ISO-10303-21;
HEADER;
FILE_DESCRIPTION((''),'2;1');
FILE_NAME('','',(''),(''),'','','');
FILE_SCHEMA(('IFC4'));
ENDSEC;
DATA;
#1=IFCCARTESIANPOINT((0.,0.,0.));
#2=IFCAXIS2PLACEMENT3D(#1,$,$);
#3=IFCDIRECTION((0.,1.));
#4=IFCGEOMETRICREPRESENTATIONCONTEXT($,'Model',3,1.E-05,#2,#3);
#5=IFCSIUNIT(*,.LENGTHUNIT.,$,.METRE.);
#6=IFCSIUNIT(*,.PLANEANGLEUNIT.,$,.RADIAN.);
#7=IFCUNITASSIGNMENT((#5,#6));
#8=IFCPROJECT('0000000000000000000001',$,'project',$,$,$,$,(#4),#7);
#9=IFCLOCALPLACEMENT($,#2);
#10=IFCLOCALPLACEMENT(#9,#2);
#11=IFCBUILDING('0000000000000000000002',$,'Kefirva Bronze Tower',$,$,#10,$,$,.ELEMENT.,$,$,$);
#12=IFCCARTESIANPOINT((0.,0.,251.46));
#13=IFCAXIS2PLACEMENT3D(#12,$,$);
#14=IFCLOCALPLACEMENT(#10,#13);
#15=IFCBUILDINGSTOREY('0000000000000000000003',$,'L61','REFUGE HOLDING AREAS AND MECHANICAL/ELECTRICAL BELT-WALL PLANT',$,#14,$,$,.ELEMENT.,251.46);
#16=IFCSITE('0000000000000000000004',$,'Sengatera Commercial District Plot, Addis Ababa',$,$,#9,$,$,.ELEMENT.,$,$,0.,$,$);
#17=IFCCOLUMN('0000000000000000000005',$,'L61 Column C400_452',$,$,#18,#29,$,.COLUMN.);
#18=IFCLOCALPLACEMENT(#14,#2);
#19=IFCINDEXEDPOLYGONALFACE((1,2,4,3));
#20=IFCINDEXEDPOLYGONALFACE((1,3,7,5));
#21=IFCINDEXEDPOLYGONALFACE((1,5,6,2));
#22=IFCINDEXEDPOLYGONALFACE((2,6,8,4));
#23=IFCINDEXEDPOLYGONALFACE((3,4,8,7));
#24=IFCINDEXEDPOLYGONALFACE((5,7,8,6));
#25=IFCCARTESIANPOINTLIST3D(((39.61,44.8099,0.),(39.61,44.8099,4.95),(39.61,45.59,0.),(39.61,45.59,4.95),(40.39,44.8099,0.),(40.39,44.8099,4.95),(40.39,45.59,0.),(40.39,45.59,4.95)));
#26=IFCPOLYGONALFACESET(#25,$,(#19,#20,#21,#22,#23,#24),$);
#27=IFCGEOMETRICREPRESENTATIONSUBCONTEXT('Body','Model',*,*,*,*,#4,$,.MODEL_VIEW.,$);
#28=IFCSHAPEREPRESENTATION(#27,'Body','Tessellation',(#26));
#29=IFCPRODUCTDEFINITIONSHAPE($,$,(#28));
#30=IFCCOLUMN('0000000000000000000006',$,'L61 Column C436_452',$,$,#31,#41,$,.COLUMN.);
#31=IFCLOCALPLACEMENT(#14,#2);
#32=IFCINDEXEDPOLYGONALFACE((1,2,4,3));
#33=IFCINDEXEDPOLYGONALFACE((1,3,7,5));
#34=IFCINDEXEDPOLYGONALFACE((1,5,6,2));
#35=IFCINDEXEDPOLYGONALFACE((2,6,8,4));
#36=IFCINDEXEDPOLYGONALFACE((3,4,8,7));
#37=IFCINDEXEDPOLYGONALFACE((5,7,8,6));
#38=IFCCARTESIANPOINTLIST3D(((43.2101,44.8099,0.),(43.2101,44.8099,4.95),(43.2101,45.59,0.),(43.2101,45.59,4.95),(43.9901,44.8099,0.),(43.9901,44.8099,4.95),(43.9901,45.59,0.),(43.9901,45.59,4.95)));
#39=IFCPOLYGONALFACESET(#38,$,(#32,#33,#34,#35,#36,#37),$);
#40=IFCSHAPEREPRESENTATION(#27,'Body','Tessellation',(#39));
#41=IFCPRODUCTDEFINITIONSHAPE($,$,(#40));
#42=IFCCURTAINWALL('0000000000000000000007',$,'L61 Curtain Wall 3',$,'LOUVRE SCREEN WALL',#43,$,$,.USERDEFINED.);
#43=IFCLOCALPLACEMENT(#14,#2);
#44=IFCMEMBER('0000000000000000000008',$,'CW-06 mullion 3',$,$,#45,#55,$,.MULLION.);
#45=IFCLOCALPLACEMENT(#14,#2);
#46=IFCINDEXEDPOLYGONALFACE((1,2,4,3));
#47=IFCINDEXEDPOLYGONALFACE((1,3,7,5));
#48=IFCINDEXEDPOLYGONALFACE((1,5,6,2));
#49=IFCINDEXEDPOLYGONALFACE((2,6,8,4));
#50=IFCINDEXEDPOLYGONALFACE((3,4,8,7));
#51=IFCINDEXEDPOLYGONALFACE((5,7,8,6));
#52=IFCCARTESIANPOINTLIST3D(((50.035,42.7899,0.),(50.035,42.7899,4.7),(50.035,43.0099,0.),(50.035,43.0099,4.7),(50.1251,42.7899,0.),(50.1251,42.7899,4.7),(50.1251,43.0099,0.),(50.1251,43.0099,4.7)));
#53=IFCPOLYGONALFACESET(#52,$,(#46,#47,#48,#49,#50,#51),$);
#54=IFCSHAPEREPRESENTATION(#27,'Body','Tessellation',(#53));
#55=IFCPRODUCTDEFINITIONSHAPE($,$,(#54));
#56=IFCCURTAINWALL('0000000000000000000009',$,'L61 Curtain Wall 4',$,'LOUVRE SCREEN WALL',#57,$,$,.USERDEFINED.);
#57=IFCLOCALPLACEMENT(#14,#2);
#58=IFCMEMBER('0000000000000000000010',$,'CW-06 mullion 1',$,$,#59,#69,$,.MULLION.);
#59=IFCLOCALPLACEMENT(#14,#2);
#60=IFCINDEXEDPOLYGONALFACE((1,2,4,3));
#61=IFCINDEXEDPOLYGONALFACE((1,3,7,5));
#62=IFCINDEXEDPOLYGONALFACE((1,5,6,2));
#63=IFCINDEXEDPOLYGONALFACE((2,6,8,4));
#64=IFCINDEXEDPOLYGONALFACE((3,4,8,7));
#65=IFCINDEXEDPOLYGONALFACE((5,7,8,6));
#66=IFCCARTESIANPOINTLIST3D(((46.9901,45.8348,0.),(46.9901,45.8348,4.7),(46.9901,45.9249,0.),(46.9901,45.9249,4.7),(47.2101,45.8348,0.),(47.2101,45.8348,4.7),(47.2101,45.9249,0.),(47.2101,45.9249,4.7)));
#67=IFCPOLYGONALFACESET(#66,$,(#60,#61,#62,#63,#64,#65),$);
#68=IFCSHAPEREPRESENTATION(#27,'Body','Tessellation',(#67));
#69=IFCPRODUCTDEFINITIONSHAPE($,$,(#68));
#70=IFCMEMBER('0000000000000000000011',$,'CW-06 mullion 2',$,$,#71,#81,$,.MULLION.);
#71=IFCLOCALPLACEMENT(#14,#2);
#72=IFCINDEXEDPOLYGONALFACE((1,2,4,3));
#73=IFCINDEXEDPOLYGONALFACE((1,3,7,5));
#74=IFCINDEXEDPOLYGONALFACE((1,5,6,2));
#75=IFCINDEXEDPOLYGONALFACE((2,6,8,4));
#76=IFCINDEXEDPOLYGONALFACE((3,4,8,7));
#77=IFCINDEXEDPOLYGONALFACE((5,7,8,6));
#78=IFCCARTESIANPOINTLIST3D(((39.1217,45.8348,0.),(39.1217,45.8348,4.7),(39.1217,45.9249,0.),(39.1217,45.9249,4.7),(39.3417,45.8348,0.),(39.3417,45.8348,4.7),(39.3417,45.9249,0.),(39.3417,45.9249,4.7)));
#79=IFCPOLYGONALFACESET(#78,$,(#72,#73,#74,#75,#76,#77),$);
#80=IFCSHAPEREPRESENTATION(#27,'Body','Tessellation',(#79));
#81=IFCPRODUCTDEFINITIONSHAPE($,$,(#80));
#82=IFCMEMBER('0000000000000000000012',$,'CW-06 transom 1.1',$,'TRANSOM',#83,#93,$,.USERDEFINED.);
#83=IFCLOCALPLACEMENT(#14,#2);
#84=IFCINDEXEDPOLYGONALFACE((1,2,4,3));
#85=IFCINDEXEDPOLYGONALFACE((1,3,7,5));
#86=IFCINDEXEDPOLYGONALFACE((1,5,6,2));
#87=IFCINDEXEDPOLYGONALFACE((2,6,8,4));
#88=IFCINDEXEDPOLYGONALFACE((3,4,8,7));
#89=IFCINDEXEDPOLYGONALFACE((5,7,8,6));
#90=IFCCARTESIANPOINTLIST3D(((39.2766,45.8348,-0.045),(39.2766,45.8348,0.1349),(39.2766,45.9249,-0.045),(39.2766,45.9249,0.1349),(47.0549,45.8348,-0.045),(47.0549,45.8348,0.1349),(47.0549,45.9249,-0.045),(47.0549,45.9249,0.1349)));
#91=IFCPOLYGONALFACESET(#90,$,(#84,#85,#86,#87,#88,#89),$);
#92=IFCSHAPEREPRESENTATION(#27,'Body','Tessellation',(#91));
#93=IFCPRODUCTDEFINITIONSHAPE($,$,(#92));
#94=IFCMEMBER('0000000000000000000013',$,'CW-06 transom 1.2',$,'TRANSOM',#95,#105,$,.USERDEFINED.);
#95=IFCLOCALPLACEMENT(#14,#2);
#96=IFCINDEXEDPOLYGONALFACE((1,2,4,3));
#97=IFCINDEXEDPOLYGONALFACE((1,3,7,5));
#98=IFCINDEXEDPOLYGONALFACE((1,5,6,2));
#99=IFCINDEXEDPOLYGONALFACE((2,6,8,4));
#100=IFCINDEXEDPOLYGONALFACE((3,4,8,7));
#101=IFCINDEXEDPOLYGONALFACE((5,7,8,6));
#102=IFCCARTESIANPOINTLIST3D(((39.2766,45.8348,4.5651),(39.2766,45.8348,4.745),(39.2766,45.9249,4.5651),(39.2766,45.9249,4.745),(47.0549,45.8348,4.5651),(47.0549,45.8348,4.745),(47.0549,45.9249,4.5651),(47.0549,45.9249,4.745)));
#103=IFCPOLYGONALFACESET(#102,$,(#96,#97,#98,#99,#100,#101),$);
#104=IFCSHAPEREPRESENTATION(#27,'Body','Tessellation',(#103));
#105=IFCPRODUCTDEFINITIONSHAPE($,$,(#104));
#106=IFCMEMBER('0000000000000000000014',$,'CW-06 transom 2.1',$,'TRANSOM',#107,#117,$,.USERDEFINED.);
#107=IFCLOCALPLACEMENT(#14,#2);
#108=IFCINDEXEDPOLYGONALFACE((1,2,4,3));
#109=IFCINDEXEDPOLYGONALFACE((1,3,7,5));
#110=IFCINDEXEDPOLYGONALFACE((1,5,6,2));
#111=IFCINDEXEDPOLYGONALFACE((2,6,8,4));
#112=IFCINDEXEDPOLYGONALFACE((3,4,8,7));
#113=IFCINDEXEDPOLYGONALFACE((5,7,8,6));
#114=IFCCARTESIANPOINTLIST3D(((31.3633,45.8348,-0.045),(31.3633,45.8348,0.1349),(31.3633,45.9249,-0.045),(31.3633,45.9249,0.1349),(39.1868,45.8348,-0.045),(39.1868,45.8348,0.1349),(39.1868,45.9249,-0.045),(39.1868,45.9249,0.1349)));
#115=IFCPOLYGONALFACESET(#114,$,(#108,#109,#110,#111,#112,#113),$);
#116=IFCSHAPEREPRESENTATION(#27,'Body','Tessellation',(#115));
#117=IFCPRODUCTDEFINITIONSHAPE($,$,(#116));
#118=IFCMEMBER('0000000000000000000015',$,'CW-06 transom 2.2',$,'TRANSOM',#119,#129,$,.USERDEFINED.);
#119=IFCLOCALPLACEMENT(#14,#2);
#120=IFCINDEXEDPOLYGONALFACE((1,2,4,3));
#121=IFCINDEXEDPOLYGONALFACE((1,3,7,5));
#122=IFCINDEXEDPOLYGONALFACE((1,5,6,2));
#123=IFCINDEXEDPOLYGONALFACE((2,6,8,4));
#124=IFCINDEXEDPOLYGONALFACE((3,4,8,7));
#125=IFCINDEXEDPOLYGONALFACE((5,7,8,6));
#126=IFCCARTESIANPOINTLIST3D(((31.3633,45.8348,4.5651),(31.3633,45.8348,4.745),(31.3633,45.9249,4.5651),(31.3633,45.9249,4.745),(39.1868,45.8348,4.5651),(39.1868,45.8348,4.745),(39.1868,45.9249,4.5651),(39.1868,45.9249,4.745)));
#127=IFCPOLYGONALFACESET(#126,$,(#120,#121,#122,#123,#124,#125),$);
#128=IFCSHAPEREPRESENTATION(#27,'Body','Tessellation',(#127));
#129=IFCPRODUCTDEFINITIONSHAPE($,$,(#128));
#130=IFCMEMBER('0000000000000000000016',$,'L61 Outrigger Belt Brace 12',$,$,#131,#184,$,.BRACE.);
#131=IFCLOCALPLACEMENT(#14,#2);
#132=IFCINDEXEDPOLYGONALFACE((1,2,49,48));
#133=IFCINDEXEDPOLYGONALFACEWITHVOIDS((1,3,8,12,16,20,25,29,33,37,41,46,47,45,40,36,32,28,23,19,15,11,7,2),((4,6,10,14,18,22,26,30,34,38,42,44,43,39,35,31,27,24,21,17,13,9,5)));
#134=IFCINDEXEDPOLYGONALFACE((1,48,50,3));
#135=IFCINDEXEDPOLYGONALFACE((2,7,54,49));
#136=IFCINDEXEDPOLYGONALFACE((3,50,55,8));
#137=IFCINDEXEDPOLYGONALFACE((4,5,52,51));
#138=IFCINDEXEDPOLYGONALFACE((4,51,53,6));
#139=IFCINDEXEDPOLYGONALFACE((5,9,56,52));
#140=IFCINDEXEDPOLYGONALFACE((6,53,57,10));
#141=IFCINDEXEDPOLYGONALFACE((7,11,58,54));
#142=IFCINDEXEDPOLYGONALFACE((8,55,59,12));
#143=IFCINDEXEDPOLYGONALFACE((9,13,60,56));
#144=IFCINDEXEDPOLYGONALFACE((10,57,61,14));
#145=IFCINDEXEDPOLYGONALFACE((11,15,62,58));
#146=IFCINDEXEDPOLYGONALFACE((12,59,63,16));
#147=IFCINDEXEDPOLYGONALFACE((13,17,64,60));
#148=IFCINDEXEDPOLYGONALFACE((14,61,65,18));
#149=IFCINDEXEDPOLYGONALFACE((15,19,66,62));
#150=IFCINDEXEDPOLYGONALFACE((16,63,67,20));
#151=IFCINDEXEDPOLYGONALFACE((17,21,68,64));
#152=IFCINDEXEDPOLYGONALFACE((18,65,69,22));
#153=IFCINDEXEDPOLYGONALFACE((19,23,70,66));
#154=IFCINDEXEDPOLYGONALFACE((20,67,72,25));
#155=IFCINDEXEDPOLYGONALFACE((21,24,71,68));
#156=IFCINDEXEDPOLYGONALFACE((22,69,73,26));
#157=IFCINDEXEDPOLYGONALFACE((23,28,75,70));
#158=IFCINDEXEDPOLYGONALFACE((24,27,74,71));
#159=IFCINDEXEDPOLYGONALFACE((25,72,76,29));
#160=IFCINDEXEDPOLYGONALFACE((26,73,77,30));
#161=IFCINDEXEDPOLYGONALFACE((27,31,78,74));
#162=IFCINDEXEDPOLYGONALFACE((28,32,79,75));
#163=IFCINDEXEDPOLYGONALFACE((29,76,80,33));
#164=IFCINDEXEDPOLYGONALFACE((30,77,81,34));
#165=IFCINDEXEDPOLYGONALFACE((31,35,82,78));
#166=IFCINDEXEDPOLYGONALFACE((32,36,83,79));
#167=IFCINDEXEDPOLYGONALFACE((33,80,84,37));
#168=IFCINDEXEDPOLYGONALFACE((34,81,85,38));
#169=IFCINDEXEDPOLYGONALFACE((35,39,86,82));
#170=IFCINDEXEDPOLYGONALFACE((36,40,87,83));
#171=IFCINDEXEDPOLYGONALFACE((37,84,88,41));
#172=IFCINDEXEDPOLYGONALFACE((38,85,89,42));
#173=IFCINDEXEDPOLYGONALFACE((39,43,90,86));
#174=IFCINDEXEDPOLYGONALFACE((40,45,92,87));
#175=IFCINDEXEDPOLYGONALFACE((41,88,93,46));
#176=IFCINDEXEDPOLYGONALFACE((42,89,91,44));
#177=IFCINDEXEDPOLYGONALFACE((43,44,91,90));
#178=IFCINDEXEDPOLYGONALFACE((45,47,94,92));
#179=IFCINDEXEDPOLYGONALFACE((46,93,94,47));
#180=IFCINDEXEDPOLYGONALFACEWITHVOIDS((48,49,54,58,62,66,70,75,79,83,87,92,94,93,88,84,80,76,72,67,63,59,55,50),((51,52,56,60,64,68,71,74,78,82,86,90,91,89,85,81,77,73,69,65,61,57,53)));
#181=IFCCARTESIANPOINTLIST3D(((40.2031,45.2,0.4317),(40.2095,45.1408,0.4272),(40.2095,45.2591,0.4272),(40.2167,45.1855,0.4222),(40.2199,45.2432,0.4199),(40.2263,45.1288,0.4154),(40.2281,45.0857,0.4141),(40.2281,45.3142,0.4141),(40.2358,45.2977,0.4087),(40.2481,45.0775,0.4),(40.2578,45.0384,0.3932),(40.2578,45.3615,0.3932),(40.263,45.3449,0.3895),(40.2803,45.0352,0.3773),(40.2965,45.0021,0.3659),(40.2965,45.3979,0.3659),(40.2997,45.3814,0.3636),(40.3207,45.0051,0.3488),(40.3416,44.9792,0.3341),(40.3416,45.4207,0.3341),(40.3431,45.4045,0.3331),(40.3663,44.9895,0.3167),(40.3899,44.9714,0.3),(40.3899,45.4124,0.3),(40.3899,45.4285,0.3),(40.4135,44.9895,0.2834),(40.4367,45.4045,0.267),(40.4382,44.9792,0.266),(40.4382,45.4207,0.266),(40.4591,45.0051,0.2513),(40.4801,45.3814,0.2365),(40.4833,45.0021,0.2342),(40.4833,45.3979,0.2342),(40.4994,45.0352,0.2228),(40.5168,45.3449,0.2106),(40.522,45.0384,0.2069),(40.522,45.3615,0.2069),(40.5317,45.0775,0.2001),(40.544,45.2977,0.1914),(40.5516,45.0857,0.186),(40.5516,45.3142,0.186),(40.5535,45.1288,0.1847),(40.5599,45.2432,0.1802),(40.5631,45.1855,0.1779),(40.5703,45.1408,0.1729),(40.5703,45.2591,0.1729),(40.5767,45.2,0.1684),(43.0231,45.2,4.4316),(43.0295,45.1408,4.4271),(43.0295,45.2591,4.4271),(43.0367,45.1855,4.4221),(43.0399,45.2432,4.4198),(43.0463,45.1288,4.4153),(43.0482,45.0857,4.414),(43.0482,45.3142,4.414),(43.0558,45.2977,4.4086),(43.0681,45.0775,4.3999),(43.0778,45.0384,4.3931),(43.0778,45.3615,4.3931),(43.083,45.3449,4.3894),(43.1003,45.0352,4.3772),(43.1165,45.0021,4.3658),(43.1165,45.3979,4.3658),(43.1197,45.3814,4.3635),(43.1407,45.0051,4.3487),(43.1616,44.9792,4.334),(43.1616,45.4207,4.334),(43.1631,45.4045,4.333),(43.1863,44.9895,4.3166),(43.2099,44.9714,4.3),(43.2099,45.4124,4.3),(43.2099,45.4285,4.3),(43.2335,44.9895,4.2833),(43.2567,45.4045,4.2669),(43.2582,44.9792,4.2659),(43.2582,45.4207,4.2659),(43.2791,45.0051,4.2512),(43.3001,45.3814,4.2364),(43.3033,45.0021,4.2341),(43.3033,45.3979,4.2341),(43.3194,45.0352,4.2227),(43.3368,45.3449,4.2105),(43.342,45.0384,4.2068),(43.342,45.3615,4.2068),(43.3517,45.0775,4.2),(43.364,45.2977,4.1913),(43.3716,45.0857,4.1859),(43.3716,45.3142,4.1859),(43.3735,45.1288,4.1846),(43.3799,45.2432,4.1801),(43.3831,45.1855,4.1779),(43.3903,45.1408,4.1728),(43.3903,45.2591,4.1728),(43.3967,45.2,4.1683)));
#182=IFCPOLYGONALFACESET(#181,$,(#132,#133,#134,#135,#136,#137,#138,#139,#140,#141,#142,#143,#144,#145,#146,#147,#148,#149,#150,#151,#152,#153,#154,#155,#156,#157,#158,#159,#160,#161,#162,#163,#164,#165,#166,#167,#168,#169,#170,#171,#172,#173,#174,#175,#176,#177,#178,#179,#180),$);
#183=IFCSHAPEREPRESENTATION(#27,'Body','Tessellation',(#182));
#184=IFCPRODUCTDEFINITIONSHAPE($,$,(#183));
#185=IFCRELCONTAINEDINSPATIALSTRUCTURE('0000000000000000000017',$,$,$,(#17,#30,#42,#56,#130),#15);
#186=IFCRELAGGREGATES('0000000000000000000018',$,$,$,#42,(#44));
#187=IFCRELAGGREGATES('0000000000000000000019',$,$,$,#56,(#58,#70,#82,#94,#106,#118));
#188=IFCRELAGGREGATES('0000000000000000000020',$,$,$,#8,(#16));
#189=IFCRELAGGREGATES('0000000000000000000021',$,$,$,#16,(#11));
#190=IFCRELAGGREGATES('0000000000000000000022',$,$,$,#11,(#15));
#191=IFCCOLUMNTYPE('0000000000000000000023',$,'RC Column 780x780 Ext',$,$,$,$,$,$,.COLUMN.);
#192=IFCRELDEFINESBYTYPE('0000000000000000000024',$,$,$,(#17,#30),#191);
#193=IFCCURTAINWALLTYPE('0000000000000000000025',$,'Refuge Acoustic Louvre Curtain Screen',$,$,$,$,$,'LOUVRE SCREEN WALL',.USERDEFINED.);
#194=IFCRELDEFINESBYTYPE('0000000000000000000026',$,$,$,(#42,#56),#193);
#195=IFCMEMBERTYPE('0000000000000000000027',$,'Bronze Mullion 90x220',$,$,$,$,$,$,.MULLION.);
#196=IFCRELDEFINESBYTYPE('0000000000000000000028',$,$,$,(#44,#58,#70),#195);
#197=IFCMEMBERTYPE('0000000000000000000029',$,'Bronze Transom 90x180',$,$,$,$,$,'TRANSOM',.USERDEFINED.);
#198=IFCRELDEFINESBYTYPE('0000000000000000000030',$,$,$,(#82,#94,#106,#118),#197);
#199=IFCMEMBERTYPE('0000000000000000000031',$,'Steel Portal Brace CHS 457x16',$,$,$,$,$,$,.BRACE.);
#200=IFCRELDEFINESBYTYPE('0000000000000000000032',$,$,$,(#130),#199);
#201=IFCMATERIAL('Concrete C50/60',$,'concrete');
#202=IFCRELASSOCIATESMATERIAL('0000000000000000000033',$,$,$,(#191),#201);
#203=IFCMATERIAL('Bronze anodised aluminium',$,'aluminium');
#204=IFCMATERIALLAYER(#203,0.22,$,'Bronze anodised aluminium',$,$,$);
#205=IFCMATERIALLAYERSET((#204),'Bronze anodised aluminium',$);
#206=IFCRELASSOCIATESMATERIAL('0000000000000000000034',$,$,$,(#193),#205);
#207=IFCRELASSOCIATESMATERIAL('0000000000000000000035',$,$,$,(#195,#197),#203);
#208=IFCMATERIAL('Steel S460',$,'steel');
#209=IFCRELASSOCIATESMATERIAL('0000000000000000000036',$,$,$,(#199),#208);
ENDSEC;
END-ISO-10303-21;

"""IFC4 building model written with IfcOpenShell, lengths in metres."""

from ifc_helpers import new_model, si_unit, direction, frame, origin, origin_2d, place, context, subcontext, project, spatial, rectangle, hollow_circle, extrude, material, layer, layer_set, material_profile, profile_set, type_object, element, aggregate, save


model = new_model("IFC4")

# Units and contexts
model_context = context("Model", 3, precision=1e-05, world=origin(), true_north=direction((0.0, 1.0)))
body_context = subcontext(model_context, "Body", "Model", "MODEL_VIEW")
ifc_project = project(units=[si_unit("LENGTHUNIT", "METRE"), si_unit("PLANEANGLEUNIT", "RADIAN")], contexts=[model_context])

# Site, building, storey
site_placement = place(None, origin())
site = spatial("IfcSite", under=ifc_project, at=site_placement, Name="Sengatera Commercial District Plot, Addis Ababa", CompositionType="ELEMENT", RefElevation=0.0)
building_placement = place(site_placement, origin())
building = spatial("IfcBuilding", under=site, at=building_placement, Name="Kefirva Bronze Tower", CompositionType="ELEMENT")
storey_placement = place(building_placement, frame((0.0, 0.0, 251.46)))
storey = spatial("IfcBuildingStorey", under=building, at=storey_placement, Name="L61", Description="REFUGE HOLDING AREAS AND MECHANICAL/ELECTRICAL BELT-WALL PLANT", CompositionType="ELEMENT", Elevation=251.46)

# Columns
ifc_material_1 = material(Name="Concrete C50/60", Category="concrete")
ifc_material_profile_1 = material_profile(ifc_material_1, rectangle(XDim=0.78, YDim=0.78, at=origin_2d()), Name="RC 780x780")
ifc_profile_set_1 = profile_set([ifc_material_profile_1], Name="Concrete C50/60")
column_type = type_object("IfcColumnType", Name="RC Column 780x780 Ext", PredefinedType="COLUMN", material=ifc_profile_set_1)
for number, where, z_axis, x_axis, name in (
    (1, (40.0, 45.2, 0.0), (0.0, 0.0, 1.0), (1.0, 0.0, 0.0), "L61 Column C400_452"),
    (2, (43.6001, 45.2, 0.0), (0.0, 0.0, 1.0), (1.0, 0.0, 0.0), "L61 Column C436_452"),
):
    element("IfcColumn", number, at=place(storey_placement, frame(where, z_axis=z_axis, x_axis=x_axis)), inside=storey, type_object=column_type, Name=name, PredefinedType="COLUMN", context=body_context, shape_type="SweptSolid", body=[
        extrude(rectangle(XDim=0.78, YDim=0.78, at=origin_2d()), origin(), (0.0, 0.0, 1.0), 4.95),
    ])

# Curtain wall, member
ifc_material_2 = material(Name="Bronze anodised aluminium", Category="aluminium")
ifc_layer_1 = layer(ifc_material_2, 0.22, Name="Bronze anodised aluminium")
ifc_layer_set_1 = layer_set([ifc_layer_1], Name="Bronze anodised aluminium")
curtain_wall_type = type_object("IfcCurtainWallType", Name="Refuge Acoustic Louvre Curtain Screen", ElementType="LOUVRE SCREEN WALL", PredefinedType="USERDEFINED", material=ifc_layer_set_1)
curtain_wall_1_placement = place(storey_placement, origin())
curtain_wall_1 = element("IfcCurtainWall", 3, at=curtain_wall_1_placement, inside=storey, type_object=curtain_wall_type, Name="L61 Curtain Wall 3", ObjectType="LOUVRE SCREEN WALL", PredefinedType="USERDEFINED")
ifc_material_profile_2 = material_profile(ifc_material_2, rectangle(XDim=0.0901, YDim=0.22, at=origin_2d()), Name="ALU 90x220")
ifc_profile_set_2 = profile_set([ifc_material_profile_2], Name="Bronze anodised aluminium")
member_type_1 = type_object("IfcMemberType", Name="Bronze Mullion 90x220", PredefinedType="MULLION", material=ifc_profile_set_2)
member_1_placement = place(storey_placement, frame((50.0801, 42.8999, 0.0), z_axis=(0.0, 0.0, 1.0), x_axis=(-1.0, 0.0, 0.0)))
member_1 = element("IfcMember", 4, at=member_1_placement, type_object=member_type_1, Name="CW-06 mullion 3", PredefinedType="MULLION", context=body_context, shape_type="SweptSolid", body=[
    extrude(rectangle(XDim=0.0901, YDim=0.22, at=origin_2d()), origin(), (0.0, 0.0, 1.0), 4.7),
])
aggregate(curtain_wall_1, [member_1])

# Curtain wall, members
curtain_wall_2_placement = place(storey_placement, origin())
curtain_wall_2 = element("IfcCurtainWall", 5, at=curtain_wall_2_placement, inside=storey, type_object=curtain_wall_type, Name="L61 Curtain Wall 4", ObjectType="LOUVRE SCREEN WALL", PredefinedType="USERDEFINED")
member_2_placement = place(storey_placement, frame((47.1001, 45.8799, 0.0), z_axis=(0.0, 0.0, 1.0), x_axis=(0.0, -1.0, 0.0)))
member_2 = element("IfcMember", 6, at=member_2_placement, type_object=member_type_1, Name="CW-06 mullion 1", PredefinedType="MULLION", context=body_context, shape_type="SweptSolid", body=[
    extrude(rectangle(XDim=0.0901, YDim=0.22, at=origin_2d()), origin(), (0.0, 0.0, 1.0), 4.7),
])
member_3_placement = place(storey_placement, frame((39.2317, 45.8799, 0.0), z_axis=(0.0, 0.0, 1.0), x_axis=(0.0, -1.0, 0.0)))
member_3 = element("IfcMember", 7, at=member_3_placement, type_object=member_type_1, Name="CW-06 mullion 2", PredefinedType="MULLION", context=body_context, shape_type="SweptSolid", body=[
    extrude(rectangle(XDim=0.0901, YDim=0.22, at=origin_2d()), origin(), (0.0, 0.0, 1.0), 4.7),
])
ifc_material_profile_3 = material_profile(ifc_material_2, rectangle(XDim=0.0901, YDim=0.1799, at=origin_2d()), Name="ALU 90x180")
ifc_profile_set_3 = profile_set([ifc_material_profile_3], Name="Bronze anodised aluminium")
member_type_2 = type_object("IfcMemberType", Name="Bronze Transom 90x180", ElementType="TRANSOM", PredefinedType="USERDEFINED", material=ifc_profile_set_3)
member_4_placement = place(storey_placement, frame((47.0549, 45.8799, 0.0449), z_axis=(-1.0, 0.0, 0.0), x_axis=(0.0, -1.0, 0.0)))
member_4 = element("IfcMember", 8, at=member_4_placement, type_object=member_type_2, Name="CW-06 transom 1.1", ObjectType="TRANSOM", PredefinedType="USERDEFINED", context=body_context, shape_type="SweptSolid", body=[
    extrude(rectangle(XDim=0.0901, YDim=0.1799, at=origin_2d()), origin(), (0.0, 0.0, 1.0), 7.7783),
])
member_5_placement = place(storey_placement, frame((47.0549, 45.8799, 4.655), z_axis=(-1.0, 0.0, 0.0), x_axis=(0.0, -1.0, 0.0)))
member_5 = element("IfcMember", 9, at=member_5_placement, type_object=member_type_2, Name="CW-06 transom 1.2", ObjectType="TRANSOM", PredefinedType="USERDEFINED", context=body_context, shape_type="SweptSolid", body=[
    extrude(rectangle(XDim=0.0901, YDim=0.1799, at=origin_2d()), origin(), (0.0, 0.0, 1.0), 7.7783),
])
member_6_placement = place(storey_placement, frame((39.1868, 45.8799, 0.0449), z_axis=(-1.0, 0.0, 0.0), x_axis=(0.0, -1.0, 0.0)))
member_6 = element("IfcMember", 10, at=member_6_placement, type_object=member_type_2, Name="CW-06 transom 2.1", ObjectType="TRANSOM", PredefinedType="USERDEFINED", context=body_context, shape_type="SweptSolid", body=[
    extrude(rectangle(XDim=0.0901, YDim=0.1799, at=origin_2d()), origin(), (0.0, 0.0, 1.0), 7.8235),
])
member_7_placement = place(storey_placement, frame((39.1868, 45.8799, 4.655), z_axis=(-1.0, 0.0, 0.0), x_axis=(0.0, -1.0, 0.0)))
member_7 = element("IfcMember", 11, at=member_7_placement, type_object=member_type_2, Name="CW-06 transom 2.2", ObjectType="TRANSOM", PredefinedType="USERDEFINED", context=body_context, shape_type="SweptSolid", body=[
    extrude(rectangle(XDim=0.0901, YDim=0.1799, at=origin_2d()), origin(), (0.0, 0.0, 1.0), 7.8235),
])

# Member
ifc_material_3 = material(Name="Steel S460", Category="steel")
ifc_material_profile_4 = material_profile(ifc_material_3, hollow_circle(Radius=0.2285, WallThickness=0.0161, at=origin_2d()), Name="CHS 457x16")
ifc_profile_set_4 = profile_set([ifc_material_profile_4], Name="Steel S460")
member_type_3 = type_object("IfcMemberType", Name="Steel Portal Brace CHS 457x16", PredefinedType="BRACE", material=ifc_profile_set_4)
member_8_placement = place(storey_placement, frame((40.3899, 45.2, 0.3), z_axis=(0.576211, 0.0, 0.817301), x_axis=(0.0, 1.0, 0.0)))
element("IfcMember", 12, at=member_8_placement, inside=storey, type_object=member_type_3, Name="L61 Outrigger Belt Brace 12", PredefinedType="BRACE", context=body_context, shape_type="SweptSolid", body=[
    extrude(hollow_circle(Radius=0.2285, WallThickness=0.0161, at=origin_2d()), origin(), (0.0, 0.0, 1.0), 4.894),
])

aggregate(curtain_wall_2, [member_2, member_3, member_4, member_5, member_6, member_7])

save(model, "model.ifc")
